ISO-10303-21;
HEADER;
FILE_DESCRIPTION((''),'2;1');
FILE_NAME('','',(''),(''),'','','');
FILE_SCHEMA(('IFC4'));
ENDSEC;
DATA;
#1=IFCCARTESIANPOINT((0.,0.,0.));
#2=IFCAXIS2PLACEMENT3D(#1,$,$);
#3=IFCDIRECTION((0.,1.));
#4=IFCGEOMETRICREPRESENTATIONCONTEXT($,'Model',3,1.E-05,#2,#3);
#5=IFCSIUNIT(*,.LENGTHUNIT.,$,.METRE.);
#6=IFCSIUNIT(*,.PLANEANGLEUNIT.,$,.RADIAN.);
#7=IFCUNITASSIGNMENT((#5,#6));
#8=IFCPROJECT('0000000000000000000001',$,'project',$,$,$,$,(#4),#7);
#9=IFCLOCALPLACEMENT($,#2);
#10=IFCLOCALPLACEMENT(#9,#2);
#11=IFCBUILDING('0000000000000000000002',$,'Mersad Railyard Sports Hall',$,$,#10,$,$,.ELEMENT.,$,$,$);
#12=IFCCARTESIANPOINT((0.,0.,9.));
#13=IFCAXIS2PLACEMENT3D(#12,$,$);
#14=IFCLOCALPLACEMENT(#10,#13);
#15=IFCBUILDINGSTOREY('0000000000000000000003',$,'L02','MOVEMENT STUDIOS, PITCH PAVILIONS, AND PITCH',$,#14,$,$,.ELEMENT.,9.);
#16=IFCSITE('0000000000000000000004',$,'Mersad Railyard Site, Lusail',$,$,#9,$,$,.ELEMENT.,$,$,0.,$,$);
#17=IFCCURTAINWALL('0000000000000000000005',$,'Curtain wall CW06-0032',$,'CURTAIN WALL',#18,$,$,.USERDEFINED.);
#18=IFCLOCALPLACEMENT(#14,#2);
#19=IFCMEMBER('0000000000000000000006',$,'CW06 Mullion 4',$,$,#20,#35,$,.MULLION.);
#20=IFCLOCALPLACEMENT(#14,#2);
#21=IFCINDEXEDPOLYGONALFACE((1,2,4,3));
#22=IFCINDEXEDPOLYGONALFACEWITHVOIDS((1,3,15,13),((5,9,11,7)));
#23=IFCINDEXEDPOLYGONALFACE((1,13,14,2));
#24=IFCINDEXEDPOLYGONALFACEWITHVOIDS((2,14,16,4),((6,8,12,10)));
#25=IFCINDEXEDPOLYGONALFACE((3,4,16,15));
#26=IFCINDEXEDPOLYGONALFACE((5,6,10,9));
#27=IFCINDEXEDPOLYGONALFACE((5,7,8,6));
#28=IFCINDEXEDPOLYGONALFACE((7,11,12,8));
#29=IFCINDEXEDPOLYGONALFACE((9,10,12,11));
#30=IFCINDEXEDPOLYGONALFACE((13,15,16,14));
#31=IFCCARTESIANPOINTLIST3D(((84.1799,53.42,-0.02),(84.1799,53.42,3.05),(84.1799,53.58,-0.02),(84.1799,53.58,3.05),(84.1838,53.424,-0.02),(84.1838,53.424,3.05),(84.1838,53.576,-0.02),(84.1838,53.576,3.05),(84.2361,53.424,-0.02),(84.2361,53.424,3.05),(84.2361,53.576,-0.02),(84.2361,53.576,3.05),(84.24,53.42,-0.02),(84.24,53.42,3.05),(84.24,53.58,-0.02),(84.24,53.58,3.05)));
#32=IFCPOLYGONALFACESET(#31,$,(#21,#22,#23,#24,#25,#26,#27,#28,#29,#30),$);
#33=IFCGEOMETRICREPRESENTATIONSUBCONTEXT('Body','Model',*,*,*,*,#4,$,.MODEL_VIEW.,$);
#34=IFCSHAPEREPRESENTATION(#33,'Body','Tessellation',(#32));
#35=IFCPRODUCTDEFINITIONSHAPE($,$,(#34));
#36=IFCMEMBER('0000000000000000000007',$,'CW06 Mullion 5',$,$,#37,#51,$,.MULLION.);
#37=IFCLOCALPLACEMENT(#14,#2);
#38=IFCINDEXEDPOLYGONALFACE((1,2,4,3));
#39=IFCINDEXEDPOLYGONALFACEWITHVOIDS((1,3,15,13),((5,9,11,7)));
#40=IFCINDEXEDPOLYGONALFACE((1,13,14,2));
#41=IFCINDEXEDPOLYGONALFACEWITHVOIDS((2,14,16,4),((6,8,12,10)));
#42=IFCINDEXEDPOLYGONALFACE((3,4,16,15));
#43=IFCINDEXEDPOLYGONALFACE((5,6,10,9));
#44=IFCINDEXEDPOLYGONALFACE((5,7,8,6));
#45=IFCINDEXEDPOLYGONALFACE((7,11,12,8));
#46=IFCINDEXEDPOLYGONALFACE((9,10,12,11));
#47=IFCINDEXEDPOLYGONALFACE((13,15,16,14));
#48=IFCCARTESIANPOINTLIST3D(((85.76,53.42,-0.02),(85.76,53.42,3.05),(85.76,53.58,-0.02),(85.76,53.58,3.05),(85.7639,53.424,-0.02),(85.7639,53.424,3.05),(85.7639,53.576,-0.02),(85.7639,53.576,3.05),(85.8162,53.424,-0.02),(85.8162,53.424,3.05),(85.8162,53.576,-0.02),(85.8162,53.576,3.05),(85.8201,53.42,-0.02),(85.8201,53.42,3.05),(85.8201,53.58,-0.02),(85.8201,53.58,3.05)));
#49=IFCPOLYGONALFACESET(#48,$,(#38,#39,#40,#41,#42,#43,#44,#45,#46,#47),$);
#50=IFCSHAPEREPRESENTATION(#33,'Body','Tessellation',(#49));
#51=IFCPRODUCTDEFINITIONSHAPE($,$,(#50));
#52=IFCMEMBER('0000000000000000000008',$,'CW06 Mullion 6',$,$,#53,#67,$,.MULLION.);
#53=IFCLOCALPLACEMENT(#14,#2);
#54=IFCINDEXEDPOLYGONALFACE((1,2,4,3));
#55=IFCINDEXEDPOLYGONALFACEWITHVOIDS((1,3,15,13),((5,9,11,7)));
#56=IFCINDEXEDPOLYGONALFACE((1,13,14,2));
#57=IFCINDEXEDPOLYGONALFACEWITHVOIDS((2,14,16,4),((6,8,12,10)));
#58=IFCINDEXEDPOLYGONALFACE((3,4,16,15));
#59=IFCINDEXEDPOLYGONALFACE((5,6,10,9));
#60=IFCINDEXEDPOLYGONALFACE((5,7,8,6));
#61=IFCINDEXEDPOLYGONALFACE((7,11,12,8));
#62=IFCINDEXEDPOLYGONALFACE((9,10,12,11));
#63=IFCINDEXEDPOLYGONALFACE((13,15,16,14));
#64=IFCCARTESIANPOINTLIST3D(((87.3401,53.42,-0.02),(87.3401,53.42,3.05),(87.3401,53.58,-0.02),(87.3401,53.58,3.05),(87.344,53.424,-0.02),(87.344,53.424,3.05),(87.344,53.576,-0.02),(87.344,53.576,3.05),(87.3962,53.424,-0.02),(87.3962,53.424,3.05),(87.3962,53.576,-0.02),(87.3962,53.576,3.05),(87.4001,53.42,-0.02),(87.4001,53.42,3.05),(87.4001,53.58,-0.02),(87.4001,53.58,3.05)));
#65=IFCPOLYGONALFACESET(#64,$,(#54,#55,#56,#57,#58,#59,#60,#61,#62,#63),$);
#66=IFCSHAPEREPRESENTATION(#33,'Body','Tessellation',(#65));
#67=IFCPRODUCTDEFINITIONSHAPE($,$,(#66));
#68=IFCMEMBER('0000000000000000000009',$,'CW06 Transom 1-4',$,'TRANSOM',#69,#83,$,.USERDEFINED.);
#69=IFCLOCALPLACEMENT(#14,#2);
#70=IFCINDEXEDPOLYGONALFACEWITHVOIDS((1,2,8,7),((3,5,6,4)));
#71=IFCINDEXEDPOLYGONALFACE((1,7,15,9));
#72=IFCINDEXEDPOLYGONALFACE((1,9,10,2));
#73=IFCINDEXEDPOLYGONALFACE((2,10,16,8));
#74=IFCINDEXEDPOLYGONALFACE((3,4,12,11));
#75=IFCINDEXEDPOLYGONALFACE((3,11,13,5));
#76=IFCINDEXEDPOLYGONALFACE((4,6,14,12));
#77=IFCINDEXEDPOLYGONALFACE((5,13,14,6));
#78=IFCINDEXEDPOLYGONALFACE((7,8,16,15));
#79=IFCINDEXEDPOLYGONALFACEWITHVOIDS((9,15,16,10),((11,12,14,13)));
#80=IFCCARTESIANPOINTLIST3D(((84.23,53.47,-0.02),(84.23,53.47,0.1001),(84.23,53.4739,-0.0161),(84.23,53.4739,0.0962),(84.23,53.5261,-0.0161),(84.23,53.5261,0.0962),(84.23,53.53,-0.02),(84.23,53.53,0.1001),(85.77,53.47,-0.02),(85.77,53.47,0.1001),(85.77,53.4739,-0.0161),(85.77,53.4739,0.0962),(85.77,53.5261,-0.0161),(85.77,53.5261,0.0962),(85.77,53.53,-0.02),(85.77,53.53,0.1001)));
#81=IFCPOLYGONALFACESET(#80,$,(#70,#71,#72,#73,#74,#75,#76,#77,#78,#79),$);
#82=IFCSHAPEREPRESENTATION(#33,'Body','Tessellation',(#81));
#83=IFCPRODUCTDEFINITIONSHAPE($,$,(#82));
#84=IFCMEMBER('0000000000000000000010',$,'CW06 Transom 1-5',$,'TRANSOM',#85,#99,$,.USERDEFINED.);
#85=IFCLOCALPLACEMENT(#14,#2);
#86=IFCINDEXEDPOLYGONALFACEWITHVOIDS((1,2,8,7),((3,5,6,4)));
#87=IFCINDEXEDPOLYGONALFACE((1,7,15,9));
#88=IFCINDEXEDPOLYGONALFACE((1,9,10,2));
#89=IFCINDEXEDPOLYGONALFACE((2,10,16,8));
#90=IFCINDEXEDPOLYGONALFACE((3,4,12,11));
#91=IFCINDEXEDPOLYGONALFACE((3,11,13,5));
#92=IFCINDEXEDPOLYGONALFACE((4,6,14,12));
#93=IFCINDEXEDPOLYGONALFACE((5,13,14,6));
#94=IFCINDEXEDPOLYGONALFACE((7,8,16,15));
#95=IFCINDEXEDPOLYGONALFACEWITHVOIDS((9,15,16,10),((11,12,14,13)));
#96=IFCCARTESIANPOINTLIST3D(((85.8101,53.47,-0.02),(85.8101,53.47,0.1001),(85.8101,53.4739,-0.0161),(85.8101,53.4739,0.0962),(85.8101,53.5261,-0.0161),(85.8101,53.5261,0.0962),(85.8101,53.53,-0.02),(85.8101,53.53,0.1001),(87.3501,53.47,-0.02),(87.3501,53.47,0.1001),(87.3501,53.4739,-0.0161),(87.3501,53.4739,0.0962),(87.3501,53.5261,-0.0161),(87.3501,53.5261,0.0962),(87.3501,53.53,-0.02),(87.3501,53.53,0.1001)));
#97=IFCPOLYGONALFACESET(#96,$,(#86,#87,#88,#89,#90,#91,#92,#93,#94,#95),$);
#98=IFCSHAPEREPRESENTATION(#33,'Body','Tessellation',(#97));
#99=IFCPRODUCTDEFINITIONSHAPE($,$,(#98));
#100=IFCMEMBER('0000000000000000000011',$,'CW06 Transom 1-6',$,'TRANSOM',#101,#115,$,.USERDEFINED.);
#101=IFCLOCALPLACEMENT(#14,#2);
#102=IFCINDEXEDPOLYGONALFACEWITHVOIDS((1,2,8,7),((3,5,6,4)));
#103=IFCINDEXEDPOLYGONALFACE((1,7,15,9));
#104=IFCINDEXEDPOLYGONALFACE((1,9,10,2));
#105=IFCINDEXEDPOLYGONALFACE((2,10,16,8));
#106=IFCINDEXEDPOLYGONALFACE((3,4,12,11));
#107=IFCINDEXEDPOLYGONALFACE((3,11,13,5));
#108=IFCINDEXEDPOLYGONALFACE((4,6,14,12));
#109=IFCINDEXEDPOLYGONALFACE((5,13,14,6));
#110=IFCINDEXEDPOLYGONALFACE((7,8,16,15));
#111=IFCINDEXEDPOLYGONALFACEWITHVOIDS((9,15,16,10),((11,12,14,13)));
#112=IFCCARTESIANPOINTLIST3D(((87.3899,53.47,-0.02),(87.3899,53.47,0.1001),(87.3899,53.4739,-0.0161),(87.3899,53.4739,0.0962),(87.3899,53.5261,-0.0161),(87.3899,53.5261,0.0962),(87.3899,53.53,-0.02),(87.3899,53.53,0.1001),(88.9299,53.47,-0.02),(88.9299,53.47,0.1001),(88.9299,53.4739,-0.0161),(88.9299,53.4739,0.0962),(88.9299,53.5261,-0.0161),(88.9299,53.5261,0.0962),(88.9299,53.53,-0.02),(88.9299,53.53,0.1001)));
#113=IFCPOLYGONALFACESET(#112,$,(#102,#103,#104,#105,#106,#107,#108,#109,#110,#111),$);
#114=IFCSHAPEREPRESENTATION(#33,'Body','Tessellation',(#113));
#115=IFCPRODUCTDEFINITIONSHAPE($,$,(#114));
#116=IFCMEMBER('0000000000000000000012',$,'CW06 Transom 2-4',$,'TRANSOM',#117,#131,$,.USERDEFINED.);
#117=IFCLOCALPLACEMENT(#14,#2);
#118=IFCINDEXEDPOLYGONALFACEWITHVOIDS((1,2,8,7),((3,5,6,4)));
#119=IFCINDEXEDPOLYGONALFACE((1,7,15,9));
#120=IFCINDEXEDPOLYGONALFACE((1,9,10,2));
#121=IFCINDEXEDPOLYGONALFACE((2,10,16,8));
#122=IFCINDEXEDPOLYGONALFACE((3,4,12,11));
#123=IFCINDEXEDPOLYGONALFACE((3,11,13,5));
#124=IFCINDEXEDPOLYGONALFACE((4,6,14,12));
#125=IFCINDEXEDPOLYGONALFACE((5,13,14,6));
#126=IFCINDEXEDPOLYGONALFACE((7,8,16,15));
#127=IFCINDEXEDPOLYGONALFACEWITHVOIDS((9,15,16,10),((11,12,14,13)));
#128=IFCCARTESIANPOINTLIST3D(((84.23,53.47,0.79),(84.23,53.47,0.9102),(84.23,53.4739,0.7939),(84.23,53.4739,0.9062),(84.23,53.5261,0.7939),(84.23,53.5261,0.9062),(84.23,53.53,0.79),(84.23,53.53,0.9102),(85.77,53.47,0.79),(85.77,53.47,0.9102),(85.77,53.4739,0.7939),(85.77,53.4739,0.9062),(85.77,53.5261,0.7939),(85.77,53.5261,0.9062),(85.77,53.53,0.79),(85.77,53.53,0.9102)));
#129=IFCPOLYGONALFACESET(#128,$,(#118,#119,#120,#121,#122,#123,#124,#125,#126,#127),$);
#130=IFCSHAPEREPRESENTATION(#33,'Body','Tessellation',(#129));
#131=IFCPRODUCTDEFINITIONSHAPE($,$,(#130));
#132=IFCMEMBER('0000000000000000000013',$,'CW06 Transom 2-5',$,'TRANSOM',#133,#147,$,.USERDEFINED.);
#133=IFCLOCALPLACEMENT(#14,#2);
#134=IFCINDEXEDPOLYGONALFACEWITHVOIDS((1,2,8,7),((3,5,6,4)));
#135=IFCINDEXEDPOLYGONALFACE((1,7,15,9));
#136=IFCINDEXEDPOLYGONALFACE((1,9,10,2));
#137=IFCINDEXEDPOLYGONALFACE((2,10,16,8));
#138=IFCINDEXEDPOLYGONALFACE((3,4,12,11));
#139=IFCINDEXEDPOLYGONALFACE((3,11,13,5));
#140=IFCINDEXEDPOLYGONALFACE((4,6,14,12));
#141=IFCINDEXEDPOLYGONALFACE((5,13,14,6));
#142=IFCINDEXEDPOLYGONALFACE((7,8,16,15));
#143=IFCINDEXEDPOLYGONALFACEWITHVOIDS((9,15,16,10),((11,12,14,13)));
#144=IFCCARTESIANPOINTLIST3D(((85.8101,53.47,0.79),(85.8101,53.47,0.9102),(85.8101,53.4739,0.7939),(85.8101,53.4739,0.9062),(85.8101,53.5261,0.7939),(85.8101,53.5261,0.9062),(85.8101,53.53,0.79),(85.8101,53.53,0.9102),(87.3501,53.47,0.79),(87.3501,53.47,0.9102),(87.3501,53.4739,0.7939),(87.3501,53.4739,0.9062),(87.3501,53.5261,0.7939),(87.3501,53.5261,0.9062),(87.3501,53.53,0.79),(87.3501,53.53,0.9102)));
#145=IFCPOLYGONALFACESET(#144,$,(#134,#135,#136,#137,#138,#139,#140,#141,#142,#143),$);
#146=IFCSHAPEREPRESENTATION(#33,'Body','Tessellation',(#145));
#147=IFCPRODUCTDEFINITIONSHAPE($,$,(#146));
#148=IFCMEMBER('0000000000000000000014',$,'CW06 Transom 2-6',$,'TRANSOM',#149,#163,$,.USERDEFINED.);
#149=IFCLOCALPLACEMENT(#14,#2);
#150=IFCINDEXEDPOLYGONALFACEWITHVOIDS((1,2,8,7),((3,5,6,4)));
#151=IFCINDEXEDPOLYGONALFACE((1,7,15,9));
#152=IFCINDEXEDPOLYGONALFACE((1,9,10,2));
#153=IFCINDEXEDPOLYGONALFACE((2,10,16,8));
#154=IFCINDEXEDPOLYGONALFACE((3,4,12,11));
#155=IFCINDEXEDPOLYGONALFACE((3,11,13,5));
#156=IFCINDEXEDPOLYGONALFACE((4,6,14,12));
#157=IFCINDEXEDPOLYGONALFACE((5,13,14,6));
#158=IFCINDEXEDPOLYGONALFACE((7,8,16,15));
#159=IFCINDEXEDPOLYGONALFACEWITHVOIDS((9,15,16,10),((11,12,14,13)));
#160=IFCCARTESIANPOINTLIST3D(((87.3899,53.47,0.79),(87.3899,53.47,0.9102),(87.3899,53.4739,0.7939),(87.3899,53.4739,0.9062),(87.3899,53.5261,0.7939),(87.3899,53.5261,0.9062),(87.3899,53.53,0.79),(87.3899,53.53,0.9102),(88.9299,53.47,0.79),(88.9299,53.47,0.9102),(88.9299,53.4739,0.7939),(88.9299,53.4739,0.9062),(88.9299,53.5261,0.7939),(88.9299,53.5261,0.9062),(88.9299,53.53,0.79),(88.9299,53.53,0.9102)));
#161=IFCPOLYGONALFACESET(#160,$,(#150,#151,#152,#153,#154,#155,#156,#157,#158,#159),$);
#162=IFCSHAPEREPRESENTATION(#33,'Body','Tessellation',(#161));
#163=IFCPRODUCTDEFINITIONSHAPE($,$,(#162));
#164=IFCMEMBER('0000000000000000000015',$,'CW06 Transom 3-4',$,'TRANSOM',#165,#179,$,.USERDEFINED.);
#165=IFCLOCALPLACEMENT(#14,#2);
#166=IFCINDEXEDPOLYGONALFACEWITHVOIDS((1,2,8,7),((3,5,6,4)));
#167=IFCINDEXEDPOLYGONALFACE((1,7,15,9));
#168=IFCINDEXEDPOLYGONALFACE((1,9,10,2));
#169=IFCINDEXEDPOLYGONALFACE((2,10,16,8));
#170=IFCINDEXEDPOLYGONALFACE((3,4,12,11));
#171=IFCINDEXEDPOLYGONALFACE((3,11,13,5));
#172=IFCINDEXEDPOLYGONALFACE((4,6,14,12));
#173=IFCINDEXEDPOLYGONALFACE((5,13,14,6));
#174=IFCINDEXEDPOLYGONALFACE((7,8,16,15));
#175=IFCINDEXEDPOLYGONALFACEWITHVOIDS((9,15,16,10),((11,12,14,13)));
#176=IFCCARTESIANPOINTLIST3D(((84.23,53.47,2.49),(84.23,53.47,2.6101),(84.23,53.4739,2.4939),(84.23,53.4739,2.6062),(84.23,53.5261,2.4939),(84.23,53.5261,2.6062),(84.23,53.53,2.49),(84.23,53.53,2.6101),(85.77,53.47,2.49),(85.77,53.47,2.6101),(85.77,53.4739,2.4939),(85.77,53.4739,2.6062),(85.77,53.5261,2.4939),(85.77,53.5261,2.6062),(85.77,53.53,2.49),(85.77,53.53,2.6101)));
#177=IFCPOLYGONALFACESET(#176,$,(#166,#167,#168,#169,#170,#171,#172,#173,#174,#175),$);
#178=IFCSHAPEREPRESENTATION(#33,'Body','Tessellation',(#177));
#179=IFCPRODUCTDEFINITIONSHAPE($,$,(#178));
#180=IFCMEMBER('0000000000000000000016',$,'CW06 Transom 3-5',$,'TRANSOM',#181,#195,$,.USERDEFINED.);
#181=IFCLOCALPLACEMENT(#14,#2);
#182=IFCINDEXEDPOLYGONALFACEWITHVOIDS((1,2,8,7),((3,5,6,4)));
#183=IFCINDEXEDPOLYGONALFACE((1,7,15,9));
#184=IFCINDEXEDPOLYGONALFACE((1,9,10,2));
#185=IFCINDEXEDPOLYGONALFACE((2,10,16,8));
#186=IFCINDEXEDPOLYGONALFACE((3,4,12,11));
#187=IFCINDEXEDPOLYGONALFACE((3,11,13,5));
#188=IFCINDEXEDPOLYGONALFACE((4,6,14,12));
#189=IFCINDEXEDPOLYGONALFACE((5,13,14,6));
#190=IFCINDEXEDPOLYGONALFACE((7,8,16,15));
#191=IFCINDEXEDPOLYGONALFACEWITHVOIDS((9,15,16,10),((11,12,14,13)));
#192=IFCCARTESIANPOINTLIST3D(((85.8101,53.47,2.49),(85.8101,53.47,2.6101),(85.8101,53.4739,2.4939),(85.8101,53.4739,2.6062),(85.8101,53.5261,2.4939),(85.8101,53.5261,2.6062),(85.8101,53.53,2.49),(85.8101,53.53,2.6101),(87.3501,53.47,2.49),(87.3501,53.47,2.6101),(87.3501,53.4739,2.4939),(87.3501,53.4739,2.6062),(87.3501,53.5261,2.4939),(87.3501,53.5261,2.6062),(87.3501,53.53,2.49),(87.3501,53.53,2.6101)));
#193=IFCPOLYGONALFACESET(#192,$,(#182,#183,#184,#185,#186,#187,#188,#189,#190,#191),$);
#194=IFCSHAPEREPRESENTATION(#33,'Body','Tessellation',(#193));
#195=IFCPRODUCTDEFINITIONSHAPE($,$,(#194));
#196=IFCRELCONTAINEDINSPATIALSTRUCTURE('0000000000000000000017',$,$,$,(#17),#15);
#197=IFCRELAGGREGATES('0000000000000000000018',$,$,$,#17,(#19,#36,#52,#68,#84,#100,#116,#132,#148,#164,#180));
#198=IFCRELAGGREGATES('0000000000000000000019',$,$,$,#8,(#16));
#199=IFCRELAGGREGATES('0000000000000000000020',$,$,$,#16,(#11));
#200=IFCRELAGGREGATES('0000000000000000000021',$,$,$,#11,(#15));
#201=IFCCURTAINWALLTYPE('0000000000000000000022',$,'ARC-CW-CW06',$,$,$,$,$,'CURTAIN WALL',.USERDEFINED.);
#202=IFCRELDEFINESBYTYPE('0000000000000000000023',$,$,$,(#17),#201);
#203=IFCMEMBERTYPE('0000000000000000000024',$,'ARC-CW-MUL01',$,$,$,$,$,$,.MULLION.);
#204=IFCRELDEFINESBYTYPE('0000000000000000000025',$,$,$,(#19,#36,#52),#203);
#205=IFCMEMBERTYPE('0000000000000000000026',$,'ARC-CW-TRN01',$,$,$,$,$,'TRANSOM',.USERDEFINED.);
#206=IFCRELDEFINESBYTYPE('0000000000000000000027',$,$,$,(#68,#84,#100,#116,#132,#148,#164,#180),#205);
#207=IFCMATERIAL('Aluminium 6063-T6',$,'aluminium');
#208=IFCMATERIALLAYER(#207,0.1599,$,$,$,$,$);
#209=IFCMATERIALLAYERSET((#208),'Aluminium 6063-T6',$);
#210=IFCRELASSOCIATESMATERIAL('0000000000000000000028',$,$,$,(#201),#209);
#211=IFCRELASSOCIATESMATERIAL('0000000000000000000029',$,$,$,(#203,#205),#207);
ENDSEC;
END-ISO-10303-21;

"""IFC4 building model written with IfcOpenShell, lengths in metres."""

from ifc_helpers import new_model, si_unit, direction, frame, origin, origin_2d, place, context, subcontext, project, spatial, hollow_rectangle, extrude, material, layer, layer_set, material_profile, profile_set, type_object, element, aggregate, save


model = new_model("IFC4")

# Units and contexts
model_context = context("Model", 3, precision=1e-05, world=origin(), true_north=direction((0.0, 1.0)))
body_context = subcontext(model_context, "Body", "Model", "MODEL_VIEW")
ifc_project = project(units=[si_unit("LENGTHUNIT", "METRE"), si_unit("PLANEANGLEUNIT", "RADIAN")], contexts=[model_context])

# Site, building, storey
site_placement = place(None, origin())
site = spatial("IfcSite", under=ifc_project, at=site_placement, Name="Mersad Railyard Site, Lusail", CompositionType="ELEMENT", RefElevation=0.0)
building_placement = place(site_placement, origin())
building = spatial("IfcBuilding", under=site, at=building_placement, Name="Mersad Railyard Sports Hall", CompositionType="ELEMENT")
storey_placement = place(building_placement, frame((0.0, 0.0, 9.0)))
storey = spatial("IfcBuildingStorey", under=building, at=storey_placement, Name="L02", Description="MOVEMENT STUDIOS, PITCH PAVILIONS, AND PITCH", CompositionType="ELEMENT", Elevation=9.0)

# Curtain wall, members
ifc_material_1 = material(Name="Aluminium 6063-T6", Category="aluminium")
ifc_layer_1 = layer(ifc_material_1, 0.1599)
ifc_layer_set_1 = layer_set([ifc_layer_1], Name="Aluminium 6063-T6")
curtain_wall_type = type_object("IfcCurtainWallType", Name="ARC-CW-CW06", ElementType="CURTAIN WALL", PredefinedType="USERDEFINED", material=ifc_layer_set_1)
curtain_wall_placement = place(storey_placement, origin())
curtain_wall = element("IfcCurtainWall", 1, at=curtain_wall_placement, inside=storey, type_object=curtain_wall_type, Name="Curtain wall CW06-0032", ObjectType="CURTAIN WALL", PredefinedType="USERDEFINED")
ifc_material_profile_1 = material_profile(ifc_material_1, hollow_rectangle(XDim=0.0601, YDim=0.1599, WallThickness=0.0039, at=origin_2d()), Name="AL MULLION 60x160x4")
ifc_profile_set_1 = profile_set([ifc_material_profile_1], Name="Aluminium 6063-T6")
member_type_1 = type_object("IfcMemberType", Name="ARC-CW-MUL01", PredefinedType="MULLION", material=ifc_profile_set_1)
member_1_placement = place(storey_placement, frame((84.21, 53.5, -0.02), z_axis=(0.0, 0.0, 1.0), x_axis=(1.0, 0.0, 0.0)))
member_1 = element("IfcMember", 2, at=member_1_placement, type_object=member_type_1, Name="CW06 Mullion 4", PredefinedType="MULLION", context=body_context, shape_type="SweptSolid", body=[
    extrude(hollow_rectangle(XDim=0.0601, YDim=0.1599, WallThickness=0.0039, at=origin_2d()), origin(), (0.0, 0.0, 1.0), 3.0701),
])
member_2_placement = place(storey_placement, frame((85.79, 53.5, -0.02), z_axis=(0.0, 0.0, 1.0), x_axis=(1.0, 0.0, 0.0)))
member_2 = element("IfcMember", 3, at=member_2_placement, type_object=member_type_1, Name="CW06 Mullion 5", PredefinedType="MULLION", context=body_context, shape_type="SweptSolid", body=[
    extrude(hollow_rectangle(XDim=0.0601, YDim=0.1599, WallThickness=0.0039, at=origin_2d()), origin(), (0.0, 0.0, 1.0), 3.0701),
])
member_3_placement = place(storey_placement, frame((87.3701, 53.5, -0.02), z_axis=(0.0, 0.0, 1.0), x_axis=(1.0, 0.0, 0.0)))
member_3 = element("IfcMember", 4, at=member_3_placement, type_object=member_type_1, Name="CW06 Mullion 6", PredefinedType="MULLION", context=body_context, shape_type="SweptSolid", body=[
    extrude(hollow_rectangle(XDim=0.0601, YDim=0.1599, WallThickness=0.0039, at=origin_2d()), origin(), (0.0, 0.0, 1.0), 3.0701),
])
ifc_material_profile_2 = material_profile(ifc_material_1, hollow_rectangle(XDim=0.0601, YDim=0.1201, WallThickness=0.0039, at=origin_2d()), Name="AL TRANSOM 60x120x4")
ifc_profile_set_2 = profile_set([ifc_material_profile_2], Name="Aluminium 6063-T6")
member_type_2 = type_object("IfcMemberType", Name="ARC-CW-TRN01", ElementType="TRANSOM", PredefinedType="USERDEFINED", material=ifc_profile_set_2)
member_4_placement = place(storey_placement, frame((84.23, 53.5, 0.04), z_axis=(1.0, 0.0, 0.0), x_axis=(0.0, 1.0, 0.0)))
member_4 = element("IfcMember", 5, at=member_4_placement, type_object=member_type_2, Name="CW06 Transom 1-4", ObjectType="TRANSOM", PredefinedType="USERDEFINED", context=body_context, shape_type="SweptSolid", body=[
    extrude(hollow_rectangle(XDim=0.0601, YDim=0.1201, WallThickness=0.0039, at=origin_2d()), origin(), (0.0, 0.0, 1.0), 1.54),
])
member_5_placement = place(storey_placement, frame((85.8101, 53.5, 0.04), z_axis=(1.0, 0.0, 0.0), x_axis=(0.0, 1.0, 0.0)))
member_5 = element("IfcMember", 6, at=member_5_placement, type_object=member_type_2, Name="CW06 Transom 1-5", ObjectType="TRANSOM", PredefinedType="USERDEFINED", context=body_context, shape_type="SweptSolid", body=[
    extrude(hollow_rectangle(XDim=0.0601, YDim=0.1201, WallThickness=0.0039, at=origin_2d()), origin(), (0.0, 0.0, 1.0), 1.54),
])
member_6_placement = place(storey_placement, frame((87.3899, 53.5, 0.04), z_axis=(1.0, 0.0, 0.0), x_axis=(0.0, 1.0, 0.0)))
member_6 = element("IfcMember", 7, at=member_6_placement, type_object=member_type_2, Name="CW06 Transom 1-6", ObjectType="TRANSOM", PredefinedType="USERDEFINED", context=body_context, shape_type="SweptSolid", body=[
    extrude(hollow_rectangle(XDim=0.0601, YDim=0.1201, WallThickness=0.0039, at=origin_2d()), origin(), (0.0, 0.0, 1.0), 1.54),
])
member_7_placement = place(storey_placement, frame((84.23, 53.5, 0.8501), z_axis=(1.0, 0.0, 0.0), x_axis=(0.0, 1.0, 0.0)))
member_7 = element("IfcMember", 8, at=member_7_placement, type_object=member_type_2, Name="CW06 Transom 2-4", ObjectType="TRANSOM", PredefinedType="USERDEFINED", context=body_context, shape_type="SweptSolid", body=[
    extrude(hollow_rectangle(XDim=0.0601, YDim=0.1201, WallThickness=0.0039, at=origin_2d()), origin(), (0.0, 0.0, 1.0), 1.54),
])
member_8_placement = place(storey_placement, frame((85.8101, 53.5, 0.8501), z_axis=(1.0, 0.0, 0.0), x_axis=(0.0, 1.0, 0.0)))
member_8 = element("IfcMember", 9, at=member_8_placement, type_object=member_type_2, Name="CW06 Transom 2-5", ObjectType="TRANSOM", PredefinedType="USERDEFINED", context=body_context, shape_type="SweptSolid", body=[
    extrude(hollow_rectangle(XDim=0.0601, YDim=0.1201, WallThickness=0.0039, at=origin_2d()), origin(), (0.0, 0.0, 1.0), 1.54),
])
member_9_placement = place(storey_placement, frame((87.3899, 53.5, 0.8501), z_axis=(1.0, 0.0, 0.0), x_axis=(0.0, 1.0, 0.0)))
member_9 = element("IfcMember", 10, at=member_9_placement, type_object=member_type_2, Name="CW06 Transom 2-6", ObjectType="TRANSOM", PredefinedType="USERDEFINED", context=body_context, shape_type="SweptSolid", body=[
    extrude(hollow_rectangle(XDim=0.0601, YDim=0.1201, WallThickness=0.0039, at=origin_2d()), origin(), (0.0, 0.0, 1.0), 1.54),
])
member_10_placement = place(storey_placement, frame((84.23, 53.5, 2.55), z_axis=(1.0, 0.0, 0.0), x_axis=(0.0, 1.0, 0.0)))
member_10 = element("IfcMember", 11, at=member_10_placement, type_object=member_type_2, Name="CW06 Transom 3-4", ObjectType="TRANSOM", PredefinedType="USERDEFINED", context=body_context, shape_type="SweptSolid", body=[
    extrude(hollow_rectangle(XDim=0.0601, YDim=0.1201, WallThickness=0.0039, at=origin_2d()), origin(), (0.0, 0.0, 1.0), 1.54),
])
member_11_placement = place(storey_placement, frame((85.8101, 53.5, 2.55), z_axis=(1.0, 0.0, 0.0), x_axis=(0.0, 1.0, 0.0)))
member_11 = element("IfcMember", 12, at=member_11_placement, type_object=member_type_2, Name="CW06 Transom 3-5", ObjectType="TRANSOM", PredefinedType="USERDEFINED", context=body_context, shape_type="SweptSolid", body=[
    extrude(hollow_rectangle(XDim=0.0601, YDim=0.1201, WallThickness=0.0039, at=origin_2d()), origin(), (0.0, 0.0, 1.0), 1.54),
])
aggregate(curtain_wall, [member_1, member_2, member_3, member_4, member_5, member_6, member_7, member_8, member_9, member_10, member_11])

save(model, "model.ifc")
